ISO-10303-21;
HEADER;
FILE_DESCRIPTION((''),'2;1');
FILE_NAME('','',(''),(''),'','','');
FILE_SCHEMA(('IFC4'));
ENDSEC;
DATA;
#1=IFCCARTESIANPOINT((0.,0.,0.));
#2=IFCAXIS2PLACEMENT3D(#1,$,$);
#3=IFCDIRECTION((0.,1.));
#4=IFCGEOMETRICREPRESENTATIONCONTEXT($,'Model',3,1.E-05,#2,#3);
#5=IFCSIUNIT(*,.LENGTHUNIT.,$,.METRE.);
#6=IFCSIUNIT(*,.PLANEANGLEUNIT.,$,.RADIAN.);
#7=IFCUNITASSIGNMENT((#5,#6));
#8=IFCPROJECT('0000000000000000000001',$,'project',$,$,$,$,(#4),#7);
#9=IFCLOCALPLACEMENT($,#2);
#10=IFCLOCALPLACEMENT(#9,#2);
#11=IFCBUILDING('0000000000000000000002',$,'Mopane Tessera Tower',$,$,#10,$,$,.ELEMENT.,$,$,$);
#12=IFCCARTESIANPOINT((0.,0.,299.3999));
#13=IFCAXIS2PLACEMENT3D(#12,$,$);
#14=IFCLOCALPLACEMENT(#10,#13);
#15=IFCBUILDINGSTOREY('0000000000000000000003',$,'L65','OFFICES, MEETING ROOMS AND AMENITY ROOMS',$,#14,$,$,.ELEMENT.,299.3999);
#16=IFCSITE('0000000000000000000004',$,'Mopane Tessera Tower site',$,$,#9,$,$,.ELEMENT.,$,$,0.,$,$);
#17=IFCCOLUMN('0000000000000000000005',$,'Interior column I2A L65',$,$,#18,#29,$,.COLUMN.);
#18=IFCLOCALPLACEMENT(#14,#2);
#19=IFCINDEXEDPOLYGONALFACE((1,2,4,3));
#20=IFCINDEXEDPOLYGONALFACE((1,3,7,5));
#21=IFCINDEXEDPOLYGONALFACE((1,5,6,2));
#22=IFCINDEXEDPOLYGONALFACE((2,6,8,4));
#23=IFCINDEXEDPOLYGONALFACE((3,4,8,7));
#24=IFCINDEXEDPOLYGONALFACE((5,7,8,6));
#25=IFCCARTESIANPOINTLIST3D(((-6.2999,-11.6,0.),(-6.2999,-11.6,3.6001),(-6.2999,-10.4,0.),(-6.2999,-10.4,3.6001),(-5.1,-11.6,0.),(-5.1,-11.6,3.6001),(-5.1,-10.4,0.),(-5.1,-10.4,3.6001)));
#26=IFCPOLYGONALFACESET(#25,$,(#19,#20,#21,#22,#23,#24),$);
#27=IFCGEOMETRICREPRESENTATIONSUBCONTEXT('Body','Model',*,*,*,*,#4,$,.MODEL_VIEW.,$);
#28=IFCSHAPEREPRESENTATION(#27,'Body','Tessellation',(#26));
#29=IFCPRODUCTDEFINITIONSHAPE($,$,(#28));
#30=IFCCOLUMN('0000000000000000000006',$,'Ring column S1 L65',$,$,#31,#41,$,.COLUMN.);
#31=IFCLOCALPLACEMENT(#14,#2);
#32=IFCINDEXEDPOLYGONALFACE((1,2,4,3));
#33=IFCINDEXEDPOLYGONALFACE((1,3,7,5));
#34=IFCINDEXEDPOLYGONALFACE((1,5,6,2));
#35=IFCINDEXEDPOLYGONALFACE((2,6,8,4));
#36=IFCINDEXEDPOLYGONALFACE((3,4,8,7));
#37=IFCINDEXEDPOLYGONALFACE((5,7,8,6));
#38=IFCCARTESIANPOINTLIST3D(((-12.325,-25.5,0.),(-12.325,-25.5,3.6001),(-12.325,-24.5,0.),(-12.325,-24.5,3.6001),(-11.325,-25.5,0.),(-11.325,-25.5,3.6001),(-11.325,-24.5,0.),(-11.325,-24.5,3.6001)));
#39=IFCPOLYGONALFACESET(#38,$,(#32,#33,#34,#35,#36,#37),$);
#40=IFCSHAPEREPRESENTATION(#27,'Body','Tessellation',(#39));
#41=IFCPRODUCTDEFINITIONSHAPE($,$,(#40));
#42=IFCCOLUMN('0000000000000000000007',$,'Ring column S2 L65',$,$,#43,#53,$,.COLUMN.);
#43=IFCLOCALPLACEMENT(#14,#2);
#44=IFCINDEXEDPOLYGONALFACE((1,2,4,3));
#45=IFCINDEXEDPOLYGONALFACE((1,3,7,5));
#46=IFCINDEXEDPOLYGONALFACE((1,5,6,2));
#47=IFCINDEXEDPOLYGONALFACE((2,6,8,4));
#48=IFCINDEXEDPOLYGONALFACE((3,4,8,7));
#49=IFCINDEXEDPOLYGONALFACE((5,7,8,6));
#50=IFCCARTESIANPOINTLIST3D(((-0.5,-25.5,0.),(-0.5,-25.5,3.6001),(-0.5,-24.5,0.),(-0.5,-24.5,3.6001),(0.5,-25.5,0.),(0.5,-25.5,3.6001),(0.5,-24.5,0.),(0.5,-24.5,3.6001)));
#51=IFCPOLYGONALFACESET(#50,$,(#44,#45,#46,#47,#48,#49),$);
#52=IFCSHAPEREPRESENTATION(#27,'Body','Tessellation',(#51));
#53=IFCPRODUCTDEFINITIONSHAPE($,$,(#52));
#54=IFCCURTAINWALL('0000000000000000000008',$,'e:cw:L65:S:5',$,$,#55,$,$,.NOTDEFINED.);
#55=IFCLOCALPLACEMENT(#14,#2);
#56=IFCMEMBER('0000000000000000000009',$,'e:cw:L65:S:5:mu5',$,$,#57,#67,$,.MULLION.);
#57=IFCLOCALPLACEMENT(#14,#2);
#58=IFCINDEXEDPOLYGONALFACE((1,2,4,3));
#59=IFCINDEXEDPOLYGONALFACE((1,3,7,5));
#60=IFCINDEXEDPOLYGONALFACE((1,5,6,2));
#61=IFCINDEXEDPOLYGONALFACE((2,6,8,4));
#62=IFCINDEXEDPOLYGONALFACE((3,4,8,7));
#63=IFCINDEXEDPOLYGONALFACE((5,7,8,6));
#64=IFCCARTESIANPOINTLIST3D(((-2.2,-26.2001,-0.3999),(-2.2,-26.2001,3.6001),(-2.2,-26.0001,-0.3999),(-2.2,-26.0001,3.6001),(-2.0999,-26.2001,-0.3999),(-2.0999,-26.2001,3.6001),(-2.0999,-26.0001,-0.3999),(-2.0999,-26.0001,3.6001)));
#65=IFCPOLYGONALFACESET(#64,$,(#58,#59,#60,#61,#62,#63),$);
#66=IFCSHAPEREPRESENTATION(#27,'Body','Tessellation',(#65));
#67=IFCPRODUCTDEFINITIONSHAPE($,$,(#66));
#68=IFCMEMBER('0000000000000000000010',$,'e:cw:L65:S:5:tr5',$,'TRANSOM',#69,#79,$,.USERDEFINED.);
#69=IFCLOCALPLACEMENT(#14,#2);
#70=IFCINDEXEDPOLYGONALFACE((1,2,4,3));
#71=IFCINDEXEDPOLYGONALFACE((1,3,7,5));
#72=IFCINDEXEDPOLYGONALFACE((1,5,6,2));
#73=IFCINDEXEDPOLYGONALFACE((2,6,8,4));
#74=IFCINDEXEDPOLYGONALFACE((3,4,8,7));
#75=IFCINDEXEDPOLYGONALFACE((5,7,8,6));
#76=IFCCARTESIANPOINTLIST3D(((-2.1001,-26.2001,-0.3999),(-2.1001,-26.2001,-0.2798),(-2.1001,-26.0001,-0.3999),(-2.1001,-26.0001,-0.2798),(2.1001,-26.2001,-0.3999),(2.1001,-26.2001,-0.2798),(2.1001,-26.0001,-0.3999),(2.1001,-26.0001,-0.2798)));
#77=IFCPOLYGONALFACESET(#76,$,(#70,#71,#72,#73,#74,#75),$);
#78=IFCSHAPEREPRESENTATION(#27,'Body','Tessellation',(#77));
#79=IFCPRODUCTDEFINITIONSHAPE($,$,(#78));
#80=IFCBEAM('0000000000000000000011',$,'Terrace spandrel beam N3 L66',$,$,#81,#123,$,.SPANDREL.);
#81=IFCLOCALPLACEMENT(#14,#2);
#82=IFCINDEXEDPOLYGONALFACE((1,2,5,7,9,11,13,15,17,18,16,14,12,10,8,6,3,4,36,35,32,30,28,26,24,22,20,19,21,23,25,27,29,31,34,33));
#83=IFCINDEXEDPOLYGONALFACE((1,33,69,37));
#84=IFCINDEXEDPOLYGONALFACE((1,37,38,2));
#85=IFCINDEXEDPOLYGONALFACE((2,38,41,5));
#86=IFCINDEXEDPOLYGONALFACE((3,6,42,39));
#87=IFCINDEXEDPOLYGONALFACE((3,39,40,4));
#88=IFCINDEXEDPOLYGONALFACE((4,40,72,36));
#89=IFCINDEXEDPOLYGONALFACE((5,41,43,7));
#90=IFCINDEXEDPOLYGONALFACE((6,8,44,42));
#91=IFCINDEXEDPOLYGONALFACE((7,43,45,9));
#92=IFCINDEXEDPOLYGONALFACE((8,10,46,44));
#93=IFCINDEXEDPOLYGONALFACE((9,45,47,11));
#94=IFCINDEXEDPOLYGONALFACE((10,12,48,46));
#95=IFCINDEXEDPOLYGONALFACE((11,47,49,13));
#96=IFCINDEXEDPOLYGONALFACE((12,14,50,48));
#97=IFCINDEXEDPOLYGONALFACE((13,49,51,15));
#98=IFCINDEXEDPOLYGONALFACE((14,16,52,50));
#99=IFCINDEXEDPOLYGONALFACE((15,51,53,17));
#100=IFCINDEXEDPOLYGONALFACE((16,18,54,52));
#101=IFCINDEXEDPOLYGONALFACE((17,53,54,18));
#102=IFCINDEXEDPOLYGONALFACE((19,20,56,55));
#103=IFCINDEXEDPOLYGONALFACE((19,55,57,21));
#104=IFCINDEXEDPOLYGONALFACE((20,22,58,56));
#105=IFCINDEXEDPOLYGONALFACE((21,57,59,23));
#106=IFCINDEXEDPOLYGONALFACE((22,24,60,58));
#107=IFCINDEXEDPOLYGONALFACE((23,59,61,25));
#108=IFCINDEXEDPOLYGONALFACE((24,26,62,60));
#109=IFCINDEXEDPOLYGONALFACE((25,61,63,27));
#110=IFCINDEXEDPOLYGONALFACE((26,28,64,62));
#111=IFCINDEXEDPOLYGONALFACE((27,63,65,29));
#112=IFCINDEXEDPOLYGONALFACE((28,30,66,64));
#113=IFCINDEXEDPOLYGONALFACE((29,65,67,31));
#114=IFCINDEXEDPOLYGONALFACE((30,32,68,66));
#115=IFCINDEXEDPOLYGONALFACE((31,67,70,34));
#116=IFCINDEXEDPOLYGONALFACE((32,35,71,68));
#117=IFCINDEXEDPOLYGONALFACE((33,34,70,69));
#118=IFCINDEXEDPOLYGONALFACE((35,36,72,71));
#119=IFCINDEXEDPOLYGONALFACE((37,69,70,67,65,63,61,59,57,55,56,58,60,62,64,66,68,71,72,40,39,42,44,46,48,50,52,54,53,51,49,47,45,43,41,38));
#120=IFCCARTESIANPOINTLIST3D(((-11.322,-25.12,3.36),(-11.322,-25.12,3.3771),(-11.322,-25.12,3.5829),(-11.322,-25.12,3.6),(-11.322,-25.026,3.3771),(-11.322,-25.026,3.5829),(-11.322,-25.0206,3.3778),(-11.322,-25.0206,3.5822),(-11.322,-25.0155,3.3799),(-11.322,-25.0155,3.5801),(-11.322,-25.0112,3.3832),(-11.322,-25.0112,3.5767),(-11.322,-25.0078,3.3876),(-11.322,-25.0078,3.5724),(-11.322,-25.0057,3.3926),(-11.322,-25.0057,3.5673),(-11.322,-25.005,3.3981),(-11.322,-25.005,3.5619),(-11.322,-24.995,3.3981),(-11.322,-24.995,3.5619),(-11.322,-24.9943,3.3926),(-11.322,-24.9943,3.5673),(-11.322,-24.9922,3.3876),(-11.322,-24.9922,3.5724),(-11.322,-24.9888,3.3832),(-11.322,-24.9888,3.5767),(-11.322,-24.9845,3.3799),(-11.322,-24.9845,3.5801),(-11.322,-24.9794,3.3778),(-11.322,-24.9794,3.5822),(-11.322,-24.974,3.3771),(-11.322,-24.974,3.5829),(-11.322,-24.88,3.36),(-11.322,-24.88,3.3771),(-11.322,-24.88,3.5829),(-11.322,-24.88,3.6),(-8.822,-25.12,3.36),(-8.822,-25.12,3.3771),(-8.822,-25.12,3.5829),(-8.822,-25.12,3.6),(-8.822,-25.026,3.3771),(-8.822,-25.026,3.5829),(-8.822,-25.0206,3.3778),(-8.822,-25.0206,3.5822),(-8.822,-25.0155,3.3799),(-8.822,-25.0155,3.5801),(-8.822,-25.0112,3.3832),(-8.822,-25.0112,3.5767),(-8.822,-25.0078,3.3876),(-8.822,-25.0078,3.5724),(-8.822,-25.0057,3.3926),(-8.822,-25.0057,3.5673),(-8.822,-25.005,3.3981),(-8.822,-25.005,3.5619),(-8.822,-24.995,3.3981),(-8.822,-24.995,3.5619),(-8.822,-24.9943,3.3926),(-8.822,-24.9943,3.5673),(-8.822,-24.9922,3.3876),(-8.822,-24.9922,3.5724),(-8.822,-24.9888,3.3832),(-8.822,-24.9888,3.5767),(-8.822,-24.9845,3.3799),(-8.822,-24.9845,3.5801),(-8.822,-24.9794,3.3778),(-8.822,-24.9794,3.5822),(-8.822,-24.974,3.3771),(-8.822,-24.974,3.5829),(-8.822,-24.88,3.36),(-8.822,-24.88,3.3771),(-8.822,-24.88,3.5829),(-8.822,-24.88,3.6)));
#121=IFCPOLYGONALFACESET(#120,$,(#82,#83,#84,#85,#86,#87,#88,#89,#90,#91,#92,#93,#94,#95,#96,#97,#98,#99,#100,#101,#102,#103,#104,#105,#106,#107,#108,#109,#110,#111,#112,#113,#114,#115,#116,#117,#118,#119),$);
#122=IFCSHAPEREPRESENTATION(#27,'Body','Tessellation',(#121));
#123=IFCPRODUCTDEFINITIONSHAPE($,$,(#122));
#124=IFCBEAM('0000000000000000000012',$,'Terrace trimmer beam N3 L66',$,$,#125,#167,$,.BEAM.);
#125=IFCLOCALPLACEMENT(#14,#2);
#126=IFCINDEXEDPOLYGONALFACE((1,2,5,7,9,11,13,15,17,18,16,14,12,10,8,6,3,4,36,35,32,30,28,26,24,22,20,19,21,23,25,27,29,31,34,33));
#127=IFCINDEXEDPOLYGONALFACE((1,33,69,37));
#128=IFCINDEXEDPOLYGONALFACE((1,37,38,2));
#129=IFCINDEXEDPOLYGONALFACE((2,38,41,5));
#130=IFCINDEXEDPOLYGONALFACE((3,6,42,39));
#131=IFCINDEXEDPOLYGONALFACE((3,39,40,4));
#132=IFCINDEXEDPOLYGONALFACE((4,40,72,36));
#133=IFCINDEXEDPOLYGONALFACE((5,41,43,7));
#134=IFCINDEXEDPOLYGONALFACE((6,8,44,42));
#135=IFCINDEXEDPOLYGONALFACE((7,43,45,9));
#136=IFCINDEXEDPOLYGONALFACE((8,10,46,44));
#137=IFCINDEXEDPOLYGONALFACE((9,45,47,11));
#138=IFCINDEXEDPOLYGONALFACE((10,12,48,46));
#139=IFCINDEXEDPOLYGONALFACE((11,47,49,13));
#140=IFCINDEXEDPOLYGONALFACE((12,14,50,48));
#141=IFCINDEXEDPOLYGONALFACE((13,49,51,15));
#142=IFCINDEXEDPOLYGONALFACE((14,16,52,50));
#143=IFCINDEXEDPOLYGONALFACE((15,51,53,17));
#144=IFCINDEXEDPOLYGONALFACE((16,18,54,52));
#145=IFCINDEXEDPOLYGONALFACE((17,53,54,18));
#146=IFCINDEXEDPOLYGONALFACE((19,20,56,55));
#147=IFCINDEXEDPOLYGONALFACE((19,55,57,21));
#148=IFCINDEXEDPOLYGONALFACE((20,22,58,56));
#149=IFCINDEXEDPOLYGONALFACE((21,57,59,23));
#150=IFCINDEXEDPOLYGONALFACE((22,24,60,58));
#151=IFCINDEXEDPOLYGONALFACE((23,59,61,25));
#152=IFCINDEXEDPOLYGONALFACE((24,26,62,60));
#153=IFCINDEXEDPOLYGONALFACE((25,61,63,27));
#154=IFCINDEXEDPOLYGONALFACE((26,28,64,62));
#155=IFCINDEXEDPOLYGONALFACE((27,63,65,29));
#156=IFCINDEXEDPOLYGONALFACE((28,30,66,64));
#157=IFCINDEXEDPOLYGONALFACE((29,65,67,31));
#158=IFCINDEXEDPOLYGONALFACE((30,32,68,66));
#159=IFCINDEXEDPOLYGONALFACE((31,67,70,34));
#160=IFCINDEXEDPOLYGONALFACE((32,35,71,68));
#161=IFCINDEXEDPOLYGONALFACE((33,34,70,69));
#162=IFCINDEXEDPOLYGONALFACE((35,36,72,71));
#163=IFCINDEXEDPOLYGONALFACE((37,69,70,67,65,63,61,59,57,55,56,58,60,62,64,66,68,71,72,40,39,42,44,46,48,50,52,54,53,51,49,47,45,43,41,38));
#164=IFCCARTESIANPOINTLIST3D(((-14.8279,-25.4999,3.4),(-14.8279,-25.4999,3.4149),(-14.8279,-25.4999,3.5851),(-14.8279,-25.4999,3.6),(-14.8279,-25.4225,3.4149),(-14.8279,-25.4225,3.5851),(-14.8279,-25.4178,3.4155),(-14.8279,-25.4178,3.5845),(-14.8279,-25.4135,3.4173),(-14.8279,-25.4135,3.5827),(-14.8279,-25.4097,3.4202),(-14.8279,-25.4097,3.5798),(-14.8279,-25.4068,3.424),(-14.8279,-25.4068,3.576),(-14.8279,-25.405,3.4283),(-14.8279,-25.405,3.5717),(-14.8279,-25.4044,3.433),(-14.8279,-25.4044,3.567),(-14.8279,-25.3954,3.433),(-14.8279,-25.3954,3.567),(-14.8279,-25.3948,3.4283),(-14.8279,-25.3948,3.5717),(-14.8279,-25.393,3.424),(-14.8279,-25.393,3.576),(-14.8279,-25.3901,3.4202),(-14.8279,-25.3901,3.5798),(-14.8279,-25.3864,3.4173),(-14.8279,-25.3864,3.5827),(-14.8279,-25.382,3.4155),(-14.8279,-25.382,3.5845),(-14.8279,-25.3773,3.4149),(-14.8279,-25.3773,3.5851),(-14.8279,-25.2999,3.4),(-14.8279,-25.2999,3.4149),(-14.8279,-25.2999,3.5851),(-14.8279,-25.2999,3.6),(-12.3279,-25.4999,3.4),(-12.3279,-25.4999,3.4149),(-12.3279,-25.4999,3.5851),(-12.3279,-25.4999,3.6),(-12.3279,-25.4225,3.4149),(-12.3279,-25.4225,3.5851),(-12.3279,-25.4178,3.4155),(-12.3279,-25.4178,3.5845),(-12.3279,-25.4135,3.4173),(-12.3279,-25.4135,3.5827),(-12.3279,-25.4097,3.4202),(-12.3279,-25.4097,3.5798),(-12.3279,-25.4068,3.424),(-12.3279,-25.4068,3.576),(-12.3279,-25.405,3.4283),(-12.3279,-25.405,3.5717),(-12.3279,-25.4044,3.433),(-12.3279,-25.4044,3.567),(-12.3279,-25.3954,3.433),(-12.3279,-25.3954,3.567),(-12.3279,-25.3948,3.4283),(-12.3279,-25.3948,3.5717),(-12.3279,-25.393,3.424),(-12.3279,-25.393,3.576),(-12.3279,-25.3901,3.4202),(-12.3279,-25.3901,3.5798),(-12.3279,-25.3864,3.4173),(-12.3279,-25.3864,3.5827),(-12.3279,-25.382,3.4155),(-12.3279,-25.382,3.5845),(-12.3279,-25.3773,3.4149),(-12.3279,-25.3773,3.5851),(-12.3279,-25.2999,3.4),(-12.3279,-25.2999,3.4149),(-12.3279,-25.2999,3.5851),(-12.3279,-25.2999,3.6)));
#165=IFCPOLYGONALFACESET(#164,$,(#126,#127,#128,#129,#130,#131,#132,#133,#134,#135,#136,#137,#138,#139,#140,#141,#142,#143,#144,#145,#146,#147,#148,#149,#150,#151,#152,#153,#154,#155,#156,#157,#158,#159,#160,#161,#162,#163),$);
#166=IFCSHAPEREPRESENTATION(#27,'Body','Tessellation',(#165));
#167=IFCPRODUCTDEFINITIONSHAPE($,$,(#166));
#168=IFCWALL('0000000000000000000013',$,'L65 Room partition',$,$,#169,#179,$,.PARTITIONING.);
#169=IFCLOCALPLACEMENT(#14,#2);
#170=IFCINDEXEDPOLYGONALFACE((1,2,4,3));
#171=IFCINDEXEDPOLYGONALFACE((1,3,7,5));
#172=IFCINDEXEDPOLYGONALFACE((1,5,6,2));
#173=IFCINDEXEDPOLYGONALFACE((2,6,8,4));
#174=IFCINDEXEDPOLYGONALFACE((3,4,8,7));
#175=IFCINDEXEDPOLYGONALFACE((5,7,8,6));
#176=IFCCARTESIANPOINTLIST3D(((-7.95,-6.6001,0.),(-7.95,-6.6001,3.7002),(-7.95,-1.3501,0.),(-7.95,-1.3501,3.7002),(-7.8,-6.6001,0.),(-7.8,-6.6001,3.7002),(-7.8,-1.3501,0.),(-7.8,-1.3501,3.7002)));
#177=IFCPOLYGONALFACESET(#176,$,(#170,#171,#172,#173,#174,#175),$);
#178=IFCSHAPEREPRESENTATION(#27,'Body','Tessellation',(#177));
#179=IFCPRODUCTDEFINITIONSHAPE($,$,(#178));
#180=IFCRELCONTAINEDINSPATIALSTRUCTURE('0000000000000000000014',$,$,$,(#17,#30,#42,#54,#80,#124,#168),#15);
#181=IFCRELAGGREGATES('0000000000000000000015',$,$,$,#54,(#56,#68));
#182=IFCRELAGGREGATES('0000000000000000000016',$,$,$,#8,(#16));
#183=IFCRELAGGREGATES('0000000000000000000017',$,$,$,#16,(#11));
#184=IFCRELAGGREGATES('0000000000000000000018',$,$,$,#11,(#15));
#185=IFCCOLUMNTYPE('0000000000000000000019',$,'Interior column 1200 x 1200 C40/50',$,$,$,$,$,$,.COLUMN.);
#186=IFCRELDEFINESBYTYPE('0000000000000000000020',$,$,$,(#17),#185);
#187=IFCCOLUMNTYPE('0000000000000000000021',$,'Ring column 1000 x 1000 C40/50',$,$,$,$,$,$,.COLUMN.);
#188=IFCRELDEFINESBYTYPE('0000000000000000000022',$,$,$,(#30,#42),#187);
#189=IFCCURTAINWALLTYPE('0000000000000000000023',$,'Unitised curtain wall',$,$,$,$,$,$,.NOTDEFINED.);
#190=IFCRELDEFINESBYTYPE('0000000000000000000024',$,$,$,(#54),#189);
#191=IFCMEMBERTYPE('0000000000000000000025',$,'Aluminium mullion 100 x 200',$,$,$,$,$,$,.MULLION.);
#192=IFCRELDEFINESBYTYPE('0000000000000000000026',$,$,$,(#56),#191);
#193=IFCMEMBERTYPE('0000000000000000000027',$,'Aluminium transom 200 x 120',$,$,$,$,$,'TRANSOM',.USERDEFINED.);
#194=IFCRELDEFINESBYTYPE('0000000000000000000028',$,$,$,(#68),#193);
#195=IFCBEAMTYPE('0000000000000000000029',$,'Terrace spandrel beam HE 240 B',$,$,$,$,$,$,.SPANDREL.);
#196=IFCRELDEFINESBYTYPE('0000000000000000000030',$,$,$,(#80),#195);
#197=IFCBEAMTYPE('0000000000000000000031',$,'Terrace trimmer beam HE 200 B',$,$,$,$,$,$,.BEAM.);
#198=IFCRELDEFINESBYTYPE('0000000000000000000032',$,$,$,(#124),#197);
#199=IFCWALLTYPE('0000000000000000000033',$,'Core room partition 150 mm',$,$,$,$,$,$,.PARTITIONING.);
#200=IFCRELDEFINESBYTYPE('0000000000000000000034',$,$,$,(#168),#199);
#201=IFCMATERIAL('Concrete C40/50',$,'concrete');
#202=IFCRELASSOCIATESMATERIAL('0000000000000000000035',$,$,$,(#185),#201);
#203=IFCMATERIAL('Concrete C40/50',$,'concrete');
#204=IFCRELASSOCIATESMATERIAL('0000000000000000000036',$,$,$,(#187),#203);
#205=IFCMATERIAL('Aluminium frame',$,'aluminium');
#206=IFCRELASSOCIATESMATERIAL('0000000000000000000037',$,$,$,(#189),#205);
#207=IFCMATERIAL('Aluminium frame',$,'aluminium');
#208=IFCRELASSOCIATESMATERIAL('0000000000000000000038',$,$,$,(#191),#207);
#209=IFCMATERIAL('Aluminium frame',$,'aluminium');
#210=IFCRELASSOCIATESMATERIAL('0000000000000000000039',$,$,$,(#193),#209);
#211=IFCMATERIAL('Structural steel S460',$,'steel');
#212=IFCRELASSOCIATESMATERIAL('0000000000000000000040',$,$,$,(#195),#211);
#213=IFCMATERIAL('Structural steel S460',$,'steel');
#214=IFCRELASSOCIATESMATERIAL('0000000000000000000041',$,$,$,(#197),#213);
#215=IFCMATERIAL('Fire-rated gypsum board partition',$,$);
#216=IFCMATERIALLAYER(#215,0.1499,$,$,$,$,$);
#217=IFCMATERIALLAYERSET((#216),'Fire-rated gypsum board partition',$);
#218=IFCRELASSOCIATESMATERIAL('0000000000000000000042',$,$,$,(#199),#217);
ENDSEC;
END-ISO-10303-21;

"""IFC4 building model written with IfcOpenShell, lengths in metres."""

from ifc_helpers import new_model, si_unit, direction, frame, frame_2d, origin, origin_2d, place, context, subcontext, project, spatial, rectangle, i_section, extrude, material, layer, layer_set, material_profile, profile_set, type_object, element, aggregate, save


model = new_model("IFC4")

# Units and contexts
model_context = context("Model", 3, precision=1e-05, world=origin(), true_north=direction((0.0, 1.0)))
body_context = subcontext(model_context, "Body", "Model", "MODEL_VIEW")
ifc_project = project(units=[si_unit("LENGTHUNIT", "METRE"), si_unit("PLANEANGLEUNIT", "RADIAN")], contexts=[model_context])

# Site, building, storey
site_placement = place(None, origin())
site = spatial("IfcSite", under=ifc_project, at=site_placement, Name="Mopane Tessera Tower site", CompositionType="ELEMENT", RefElevation=0.0)
building_placement = place(site_placement, origin())
building = spatial("IfcBuilding", under=site, at=building_placement, Name="Mopane Tessera Tower", CompositionType="ELEMENT")
storey_placement = place(building_placement, frame((0.0, 0.0, 299.3999)))
storey = spatial("IfcBuildingStorey", under=building, at=storey_placement, Name="L65", Description="OFFICES, MEETING ROOMS AND AMENITY ROOMS", CompositionType="ELEMENT", Elevation=299.3999)

# Columns
ifc_material_1 = material(Name="Concrete C40/50", Category="concrete")
ifc_material_profile_1 = material_profile(ifc_material_1, rectangle(XDim=1.2, YDim=1.2, at=origin_2d()))
ifc_profile_set_1 = profile_set([ifc_material_profile_1], Name="Concrete C40/50")
column_type_1 = type_object("IfcColumnType", Name="Interior column 1200 x 1200 C40/50", PredefinedType="COLUMN", material=ifc_profile_set_1)
column_placement = place(storey_placement, frame((-5.7, -11.0, 0.0), z_axis=(0.0, 0.0, 1.0), x_axis=(1.0, 0.0, 0.0)))
element("IfcColumn", 1, at=column_placement, inside=storey, type_object=column_type_1, Name="Interior column I2A L65", PredefinedType="COLUMN", context=body_context, shape_type="SweptSolid", body=[
    extrude(rectangle(XDim=1.2, YDim=1.2, at=origin_2d()), origin(), (0.0, 0.0, 1.0), 3.6001),
])
ifc_material_2 = material(Name="Concrete C40/50", Category="concrete")
ifc_material_profile_2 = material_profile(ifc_material_2, rectangle(XDim=1.0, YDim=1.0, at=origin_2d()))
ifc_profile_set_2 = profile_set([ifc_material_profile_2], Name="Concrete C40/50")
column_type_2 = type_object("IfcColumnType", Name="Ring column 1000 x 1000 C40/50", PredefinedType="COLUMN", material=ifc_profile_set_2)
for number, where, z_axis, x_axis, name in (
    (2, (-11.825, -25.0, 0.0), (0.0, 0.0, 1.0), (1.0, 0.0, 0.0), "Ring column S1 L65"),
    (3, (0.0, -25.0, 0.0), (0.0, 0.0, 1.0), (1.0, 0.0, 0.0), "Ring column S2 L65"),
):
    element("IfcColumn", number, at=place(storey_placement, frame(where, z_axis=z_axis, x_axis=x_axis)), inside=storey, type_object=column_type_2, Name=name, PredefinedType="COLUMN", context=body_context, shape_type="SweptSolid", body=[
        extrude(rectangle(XDim=1.0, YDim=1.0, at=origin_2d()), origin(), (0.0, 0.0, 1.0), 3.6001),
    ])

# Curtain wall, members
ifc_material_3 = material(Name="Aluminium frame", Category="aluminium")
curtain_wall_type = type_object("IfcCurtainWallType", Name="Unitised curtain wall", PredefinedType="NOTDEFINED", material=ifc_material_3)
curtain_wall_placement = place(storey_placement, origin())
curtain_wall = element("IfcCurtainWall", 4, at=curtain_wall_placement, inside=storey, type_object=curtain_wall_type, Name="e:cw:L65:S:5", PredefinedType="NOTDEFINED")
ifc_material_4 = material(Name="Aluminium frame", Category="aluminium")
ifc_material_profile_3 = material_profile(ifc_material_4, rectangle(XDim=0.1001, YDim=0.2, at=origin_2d()))
ifc_profile_set_3 = profile_set([ifc_material_profile_3], Name="Aluminium frame")
member_type_1 = type_object("IfcMemberType", Name="Aluminium mullion 100 x 200", PredefinedType="MULLION", material=ifc_profile_set_3)
member_1_placement = place(storey_placement, frame((-2.1499, -26.1001, -0.3999), z_axis=(0.0, 0.0, 1.0), x_axis=(1.0, 0.0, 0.0)))
member_1 = element("IfcMember", 5, at=member_1_placement, type_object=member_type_1, Name="e:cw:L65:S:5:mu5", PredefinedType="MULLION", context=body_context, shape_type="SweptSolid", body=[
    extrude(rectangle(XDim=0.1001, YDim=0.2, at=origin_2d()), origin(), (0.0, 0.0, 1.0), 4.0),
])
ifc_material_5 = material(Name="Aluminium frame", Category="aluminium")
ifc_material_profile_4 = material_profile(ifc_material_5, rectangle(XDim=0.2, YDim=0.1201, at=origin_2d()))
ifc_profile_set_4 = profile_set([ifc_material_profile_4], Name="Aluminium frame")
member_type_2 = type_object("IfcMemberType", Name="Aluminium transom 200 x 120", ElementType="TRANSOM", PredefinedType="USERDEFINED", material=ifc_profile_set_4)
member_2_placement = place(storey_placement, frame((-2.1001, -26.1001, -0.3398), z_axis=(1.0, 0.0, 0.0), x_axis=(0.0, 1.0, 0.0)))
member_2 = element("IfcMember", 6, at=member_2_placement, type_object=member_type_2, Name="e:cw:L65:S:5:tr5", ObjectType="TRANSOM", PredefinedType="USERDEFINED", context=body_context, shape_type="SweptSolid", body=[
    extrude(rectangle(XDim=0.2, YDim=0.1201, at=origin_2d()), origin(), (0.0, 0.0, 1.0), 4.2002),
])
aggregate(curtain_wall, [member_1, member_2])

# Beams
ifc_material_6 = material(Name="Structural steel S460", Category="steel")
ifc_material_profile_5 = material_profile(ifc_material_6, i_section(OverallWidth=0.24, OverallDepth=0.24, WebThickness=0.01, FlangeThickness=0.0171, FilletRadius=0.021, at=origin_2d()))
ifc_profile_set_5 = profile_set([ifc_material_profile_5], Name="Structural steel S460")
beam_type_1 = type_object("IfcBeamType", Name="Terrace spandrel beam HE 240 B", PredefinedType="SPANDREL", material=ifc_profile_set_5)
beam_1_placement = place(storey_placement, frame((-11.322, -25.0, 3.48), z_axis=(1.0, 0.0, 0.0), x_axis=(0.0, 1.0, 0.0)))
element("IfcBeam", 7, at=beam_1_placement, inside=storey, type_object=beam_type_1, Name="Terrace spandrel beam N3 L66", PredefinedType="SPANDREL", context=body_context, shape_type="SweptSolid", body=[
    extrude(i_section(OverallWidth=0.24, OverallDepth=0.24, WebThickness=0.01, FlangeThickness=0.0171, FilletRadius=0.021, at=origin_2d()), origin(), (0.0, 0.0, 1.0), 2.5),
])
ifc_material_7 = material(Name="Structural steel S460", Category="steel")
ifc_material_profile_6 = material_profile(ifc_material_7, i_section(OverallWidth=0.2, OverallDepth=0.2, WebThickness=0.009, FlangeThickness=0.0149, FilletRadius=0.0181, at=origin_2d()))
ifc_profile_set_6 = profile_set([ifc_material_profile_6], Name="Structural steel S460")
beam_type_2 = type_object("IfcBeamType", Name="Terrace trimmer beam HE 200 B", PredefinedType="BEAM", material=ifc_profile_set_6)
beam_2_placement = place(storey_placement, frame((-12.3279, -25.3999, 3.5), z_axis=(-1.0, 0.0, 0.0), x_axis=(0.0, -1.0, 0.0)))
element("IfcBeam", 8, at=beam_2_placement, inside=storey, type_object=beam_type_2, Name="Terrace trimmer beam N3 L66", PredefinedType="BEAM", context=body_context, shape_type="SweptSolid", body=[
    extrude(i_section(OverallWidth=0.2, OverallDepth=0.2, WebThickness=0.009, FlangeThickness=0.0149, FilletRadius=0.0181, at=origin_2d()), origin(), (0.0, 0.0, 1.0), 2.5),
])

# Wall
ifc_material_8 = material(Name="Fire-rated gypsum board partition")
ifc_layer_1 = layer(ifc_material_8, 0.1499)
ifc_layer_set_1 = layer_set([ifc_layer_1], Name="Fire-rated gypsum board partition")
wall_type_1 = type_object("IfcWallType", Name="Core room partition 150 mm", PredefinedType="PARTITIONING", material=ifc_layer_set_1)
wall_1_placement = place(storey_placement, frame((-7.875, -6.6001, 0.0), z_axis=(0.0, 0.0, 1.0), x_axis=(0.0, 1.0, 0.0)))
element("IfcWall", 9, at=wall_1_placement, inside=storey, type_object=wall_type_1, Name="L65 Room partition", PredefinedType="PARTITIONING", context=body_context, shape_type="SweptSolid", body=[
    extrude(rectangle(XDim=5.25, YDim=0.1499, at=frame_2d((2.625, 0.0))), origin(), (0.0, 0.0, 1.0), 3.7002),
])

save(model, "model.ifc")
